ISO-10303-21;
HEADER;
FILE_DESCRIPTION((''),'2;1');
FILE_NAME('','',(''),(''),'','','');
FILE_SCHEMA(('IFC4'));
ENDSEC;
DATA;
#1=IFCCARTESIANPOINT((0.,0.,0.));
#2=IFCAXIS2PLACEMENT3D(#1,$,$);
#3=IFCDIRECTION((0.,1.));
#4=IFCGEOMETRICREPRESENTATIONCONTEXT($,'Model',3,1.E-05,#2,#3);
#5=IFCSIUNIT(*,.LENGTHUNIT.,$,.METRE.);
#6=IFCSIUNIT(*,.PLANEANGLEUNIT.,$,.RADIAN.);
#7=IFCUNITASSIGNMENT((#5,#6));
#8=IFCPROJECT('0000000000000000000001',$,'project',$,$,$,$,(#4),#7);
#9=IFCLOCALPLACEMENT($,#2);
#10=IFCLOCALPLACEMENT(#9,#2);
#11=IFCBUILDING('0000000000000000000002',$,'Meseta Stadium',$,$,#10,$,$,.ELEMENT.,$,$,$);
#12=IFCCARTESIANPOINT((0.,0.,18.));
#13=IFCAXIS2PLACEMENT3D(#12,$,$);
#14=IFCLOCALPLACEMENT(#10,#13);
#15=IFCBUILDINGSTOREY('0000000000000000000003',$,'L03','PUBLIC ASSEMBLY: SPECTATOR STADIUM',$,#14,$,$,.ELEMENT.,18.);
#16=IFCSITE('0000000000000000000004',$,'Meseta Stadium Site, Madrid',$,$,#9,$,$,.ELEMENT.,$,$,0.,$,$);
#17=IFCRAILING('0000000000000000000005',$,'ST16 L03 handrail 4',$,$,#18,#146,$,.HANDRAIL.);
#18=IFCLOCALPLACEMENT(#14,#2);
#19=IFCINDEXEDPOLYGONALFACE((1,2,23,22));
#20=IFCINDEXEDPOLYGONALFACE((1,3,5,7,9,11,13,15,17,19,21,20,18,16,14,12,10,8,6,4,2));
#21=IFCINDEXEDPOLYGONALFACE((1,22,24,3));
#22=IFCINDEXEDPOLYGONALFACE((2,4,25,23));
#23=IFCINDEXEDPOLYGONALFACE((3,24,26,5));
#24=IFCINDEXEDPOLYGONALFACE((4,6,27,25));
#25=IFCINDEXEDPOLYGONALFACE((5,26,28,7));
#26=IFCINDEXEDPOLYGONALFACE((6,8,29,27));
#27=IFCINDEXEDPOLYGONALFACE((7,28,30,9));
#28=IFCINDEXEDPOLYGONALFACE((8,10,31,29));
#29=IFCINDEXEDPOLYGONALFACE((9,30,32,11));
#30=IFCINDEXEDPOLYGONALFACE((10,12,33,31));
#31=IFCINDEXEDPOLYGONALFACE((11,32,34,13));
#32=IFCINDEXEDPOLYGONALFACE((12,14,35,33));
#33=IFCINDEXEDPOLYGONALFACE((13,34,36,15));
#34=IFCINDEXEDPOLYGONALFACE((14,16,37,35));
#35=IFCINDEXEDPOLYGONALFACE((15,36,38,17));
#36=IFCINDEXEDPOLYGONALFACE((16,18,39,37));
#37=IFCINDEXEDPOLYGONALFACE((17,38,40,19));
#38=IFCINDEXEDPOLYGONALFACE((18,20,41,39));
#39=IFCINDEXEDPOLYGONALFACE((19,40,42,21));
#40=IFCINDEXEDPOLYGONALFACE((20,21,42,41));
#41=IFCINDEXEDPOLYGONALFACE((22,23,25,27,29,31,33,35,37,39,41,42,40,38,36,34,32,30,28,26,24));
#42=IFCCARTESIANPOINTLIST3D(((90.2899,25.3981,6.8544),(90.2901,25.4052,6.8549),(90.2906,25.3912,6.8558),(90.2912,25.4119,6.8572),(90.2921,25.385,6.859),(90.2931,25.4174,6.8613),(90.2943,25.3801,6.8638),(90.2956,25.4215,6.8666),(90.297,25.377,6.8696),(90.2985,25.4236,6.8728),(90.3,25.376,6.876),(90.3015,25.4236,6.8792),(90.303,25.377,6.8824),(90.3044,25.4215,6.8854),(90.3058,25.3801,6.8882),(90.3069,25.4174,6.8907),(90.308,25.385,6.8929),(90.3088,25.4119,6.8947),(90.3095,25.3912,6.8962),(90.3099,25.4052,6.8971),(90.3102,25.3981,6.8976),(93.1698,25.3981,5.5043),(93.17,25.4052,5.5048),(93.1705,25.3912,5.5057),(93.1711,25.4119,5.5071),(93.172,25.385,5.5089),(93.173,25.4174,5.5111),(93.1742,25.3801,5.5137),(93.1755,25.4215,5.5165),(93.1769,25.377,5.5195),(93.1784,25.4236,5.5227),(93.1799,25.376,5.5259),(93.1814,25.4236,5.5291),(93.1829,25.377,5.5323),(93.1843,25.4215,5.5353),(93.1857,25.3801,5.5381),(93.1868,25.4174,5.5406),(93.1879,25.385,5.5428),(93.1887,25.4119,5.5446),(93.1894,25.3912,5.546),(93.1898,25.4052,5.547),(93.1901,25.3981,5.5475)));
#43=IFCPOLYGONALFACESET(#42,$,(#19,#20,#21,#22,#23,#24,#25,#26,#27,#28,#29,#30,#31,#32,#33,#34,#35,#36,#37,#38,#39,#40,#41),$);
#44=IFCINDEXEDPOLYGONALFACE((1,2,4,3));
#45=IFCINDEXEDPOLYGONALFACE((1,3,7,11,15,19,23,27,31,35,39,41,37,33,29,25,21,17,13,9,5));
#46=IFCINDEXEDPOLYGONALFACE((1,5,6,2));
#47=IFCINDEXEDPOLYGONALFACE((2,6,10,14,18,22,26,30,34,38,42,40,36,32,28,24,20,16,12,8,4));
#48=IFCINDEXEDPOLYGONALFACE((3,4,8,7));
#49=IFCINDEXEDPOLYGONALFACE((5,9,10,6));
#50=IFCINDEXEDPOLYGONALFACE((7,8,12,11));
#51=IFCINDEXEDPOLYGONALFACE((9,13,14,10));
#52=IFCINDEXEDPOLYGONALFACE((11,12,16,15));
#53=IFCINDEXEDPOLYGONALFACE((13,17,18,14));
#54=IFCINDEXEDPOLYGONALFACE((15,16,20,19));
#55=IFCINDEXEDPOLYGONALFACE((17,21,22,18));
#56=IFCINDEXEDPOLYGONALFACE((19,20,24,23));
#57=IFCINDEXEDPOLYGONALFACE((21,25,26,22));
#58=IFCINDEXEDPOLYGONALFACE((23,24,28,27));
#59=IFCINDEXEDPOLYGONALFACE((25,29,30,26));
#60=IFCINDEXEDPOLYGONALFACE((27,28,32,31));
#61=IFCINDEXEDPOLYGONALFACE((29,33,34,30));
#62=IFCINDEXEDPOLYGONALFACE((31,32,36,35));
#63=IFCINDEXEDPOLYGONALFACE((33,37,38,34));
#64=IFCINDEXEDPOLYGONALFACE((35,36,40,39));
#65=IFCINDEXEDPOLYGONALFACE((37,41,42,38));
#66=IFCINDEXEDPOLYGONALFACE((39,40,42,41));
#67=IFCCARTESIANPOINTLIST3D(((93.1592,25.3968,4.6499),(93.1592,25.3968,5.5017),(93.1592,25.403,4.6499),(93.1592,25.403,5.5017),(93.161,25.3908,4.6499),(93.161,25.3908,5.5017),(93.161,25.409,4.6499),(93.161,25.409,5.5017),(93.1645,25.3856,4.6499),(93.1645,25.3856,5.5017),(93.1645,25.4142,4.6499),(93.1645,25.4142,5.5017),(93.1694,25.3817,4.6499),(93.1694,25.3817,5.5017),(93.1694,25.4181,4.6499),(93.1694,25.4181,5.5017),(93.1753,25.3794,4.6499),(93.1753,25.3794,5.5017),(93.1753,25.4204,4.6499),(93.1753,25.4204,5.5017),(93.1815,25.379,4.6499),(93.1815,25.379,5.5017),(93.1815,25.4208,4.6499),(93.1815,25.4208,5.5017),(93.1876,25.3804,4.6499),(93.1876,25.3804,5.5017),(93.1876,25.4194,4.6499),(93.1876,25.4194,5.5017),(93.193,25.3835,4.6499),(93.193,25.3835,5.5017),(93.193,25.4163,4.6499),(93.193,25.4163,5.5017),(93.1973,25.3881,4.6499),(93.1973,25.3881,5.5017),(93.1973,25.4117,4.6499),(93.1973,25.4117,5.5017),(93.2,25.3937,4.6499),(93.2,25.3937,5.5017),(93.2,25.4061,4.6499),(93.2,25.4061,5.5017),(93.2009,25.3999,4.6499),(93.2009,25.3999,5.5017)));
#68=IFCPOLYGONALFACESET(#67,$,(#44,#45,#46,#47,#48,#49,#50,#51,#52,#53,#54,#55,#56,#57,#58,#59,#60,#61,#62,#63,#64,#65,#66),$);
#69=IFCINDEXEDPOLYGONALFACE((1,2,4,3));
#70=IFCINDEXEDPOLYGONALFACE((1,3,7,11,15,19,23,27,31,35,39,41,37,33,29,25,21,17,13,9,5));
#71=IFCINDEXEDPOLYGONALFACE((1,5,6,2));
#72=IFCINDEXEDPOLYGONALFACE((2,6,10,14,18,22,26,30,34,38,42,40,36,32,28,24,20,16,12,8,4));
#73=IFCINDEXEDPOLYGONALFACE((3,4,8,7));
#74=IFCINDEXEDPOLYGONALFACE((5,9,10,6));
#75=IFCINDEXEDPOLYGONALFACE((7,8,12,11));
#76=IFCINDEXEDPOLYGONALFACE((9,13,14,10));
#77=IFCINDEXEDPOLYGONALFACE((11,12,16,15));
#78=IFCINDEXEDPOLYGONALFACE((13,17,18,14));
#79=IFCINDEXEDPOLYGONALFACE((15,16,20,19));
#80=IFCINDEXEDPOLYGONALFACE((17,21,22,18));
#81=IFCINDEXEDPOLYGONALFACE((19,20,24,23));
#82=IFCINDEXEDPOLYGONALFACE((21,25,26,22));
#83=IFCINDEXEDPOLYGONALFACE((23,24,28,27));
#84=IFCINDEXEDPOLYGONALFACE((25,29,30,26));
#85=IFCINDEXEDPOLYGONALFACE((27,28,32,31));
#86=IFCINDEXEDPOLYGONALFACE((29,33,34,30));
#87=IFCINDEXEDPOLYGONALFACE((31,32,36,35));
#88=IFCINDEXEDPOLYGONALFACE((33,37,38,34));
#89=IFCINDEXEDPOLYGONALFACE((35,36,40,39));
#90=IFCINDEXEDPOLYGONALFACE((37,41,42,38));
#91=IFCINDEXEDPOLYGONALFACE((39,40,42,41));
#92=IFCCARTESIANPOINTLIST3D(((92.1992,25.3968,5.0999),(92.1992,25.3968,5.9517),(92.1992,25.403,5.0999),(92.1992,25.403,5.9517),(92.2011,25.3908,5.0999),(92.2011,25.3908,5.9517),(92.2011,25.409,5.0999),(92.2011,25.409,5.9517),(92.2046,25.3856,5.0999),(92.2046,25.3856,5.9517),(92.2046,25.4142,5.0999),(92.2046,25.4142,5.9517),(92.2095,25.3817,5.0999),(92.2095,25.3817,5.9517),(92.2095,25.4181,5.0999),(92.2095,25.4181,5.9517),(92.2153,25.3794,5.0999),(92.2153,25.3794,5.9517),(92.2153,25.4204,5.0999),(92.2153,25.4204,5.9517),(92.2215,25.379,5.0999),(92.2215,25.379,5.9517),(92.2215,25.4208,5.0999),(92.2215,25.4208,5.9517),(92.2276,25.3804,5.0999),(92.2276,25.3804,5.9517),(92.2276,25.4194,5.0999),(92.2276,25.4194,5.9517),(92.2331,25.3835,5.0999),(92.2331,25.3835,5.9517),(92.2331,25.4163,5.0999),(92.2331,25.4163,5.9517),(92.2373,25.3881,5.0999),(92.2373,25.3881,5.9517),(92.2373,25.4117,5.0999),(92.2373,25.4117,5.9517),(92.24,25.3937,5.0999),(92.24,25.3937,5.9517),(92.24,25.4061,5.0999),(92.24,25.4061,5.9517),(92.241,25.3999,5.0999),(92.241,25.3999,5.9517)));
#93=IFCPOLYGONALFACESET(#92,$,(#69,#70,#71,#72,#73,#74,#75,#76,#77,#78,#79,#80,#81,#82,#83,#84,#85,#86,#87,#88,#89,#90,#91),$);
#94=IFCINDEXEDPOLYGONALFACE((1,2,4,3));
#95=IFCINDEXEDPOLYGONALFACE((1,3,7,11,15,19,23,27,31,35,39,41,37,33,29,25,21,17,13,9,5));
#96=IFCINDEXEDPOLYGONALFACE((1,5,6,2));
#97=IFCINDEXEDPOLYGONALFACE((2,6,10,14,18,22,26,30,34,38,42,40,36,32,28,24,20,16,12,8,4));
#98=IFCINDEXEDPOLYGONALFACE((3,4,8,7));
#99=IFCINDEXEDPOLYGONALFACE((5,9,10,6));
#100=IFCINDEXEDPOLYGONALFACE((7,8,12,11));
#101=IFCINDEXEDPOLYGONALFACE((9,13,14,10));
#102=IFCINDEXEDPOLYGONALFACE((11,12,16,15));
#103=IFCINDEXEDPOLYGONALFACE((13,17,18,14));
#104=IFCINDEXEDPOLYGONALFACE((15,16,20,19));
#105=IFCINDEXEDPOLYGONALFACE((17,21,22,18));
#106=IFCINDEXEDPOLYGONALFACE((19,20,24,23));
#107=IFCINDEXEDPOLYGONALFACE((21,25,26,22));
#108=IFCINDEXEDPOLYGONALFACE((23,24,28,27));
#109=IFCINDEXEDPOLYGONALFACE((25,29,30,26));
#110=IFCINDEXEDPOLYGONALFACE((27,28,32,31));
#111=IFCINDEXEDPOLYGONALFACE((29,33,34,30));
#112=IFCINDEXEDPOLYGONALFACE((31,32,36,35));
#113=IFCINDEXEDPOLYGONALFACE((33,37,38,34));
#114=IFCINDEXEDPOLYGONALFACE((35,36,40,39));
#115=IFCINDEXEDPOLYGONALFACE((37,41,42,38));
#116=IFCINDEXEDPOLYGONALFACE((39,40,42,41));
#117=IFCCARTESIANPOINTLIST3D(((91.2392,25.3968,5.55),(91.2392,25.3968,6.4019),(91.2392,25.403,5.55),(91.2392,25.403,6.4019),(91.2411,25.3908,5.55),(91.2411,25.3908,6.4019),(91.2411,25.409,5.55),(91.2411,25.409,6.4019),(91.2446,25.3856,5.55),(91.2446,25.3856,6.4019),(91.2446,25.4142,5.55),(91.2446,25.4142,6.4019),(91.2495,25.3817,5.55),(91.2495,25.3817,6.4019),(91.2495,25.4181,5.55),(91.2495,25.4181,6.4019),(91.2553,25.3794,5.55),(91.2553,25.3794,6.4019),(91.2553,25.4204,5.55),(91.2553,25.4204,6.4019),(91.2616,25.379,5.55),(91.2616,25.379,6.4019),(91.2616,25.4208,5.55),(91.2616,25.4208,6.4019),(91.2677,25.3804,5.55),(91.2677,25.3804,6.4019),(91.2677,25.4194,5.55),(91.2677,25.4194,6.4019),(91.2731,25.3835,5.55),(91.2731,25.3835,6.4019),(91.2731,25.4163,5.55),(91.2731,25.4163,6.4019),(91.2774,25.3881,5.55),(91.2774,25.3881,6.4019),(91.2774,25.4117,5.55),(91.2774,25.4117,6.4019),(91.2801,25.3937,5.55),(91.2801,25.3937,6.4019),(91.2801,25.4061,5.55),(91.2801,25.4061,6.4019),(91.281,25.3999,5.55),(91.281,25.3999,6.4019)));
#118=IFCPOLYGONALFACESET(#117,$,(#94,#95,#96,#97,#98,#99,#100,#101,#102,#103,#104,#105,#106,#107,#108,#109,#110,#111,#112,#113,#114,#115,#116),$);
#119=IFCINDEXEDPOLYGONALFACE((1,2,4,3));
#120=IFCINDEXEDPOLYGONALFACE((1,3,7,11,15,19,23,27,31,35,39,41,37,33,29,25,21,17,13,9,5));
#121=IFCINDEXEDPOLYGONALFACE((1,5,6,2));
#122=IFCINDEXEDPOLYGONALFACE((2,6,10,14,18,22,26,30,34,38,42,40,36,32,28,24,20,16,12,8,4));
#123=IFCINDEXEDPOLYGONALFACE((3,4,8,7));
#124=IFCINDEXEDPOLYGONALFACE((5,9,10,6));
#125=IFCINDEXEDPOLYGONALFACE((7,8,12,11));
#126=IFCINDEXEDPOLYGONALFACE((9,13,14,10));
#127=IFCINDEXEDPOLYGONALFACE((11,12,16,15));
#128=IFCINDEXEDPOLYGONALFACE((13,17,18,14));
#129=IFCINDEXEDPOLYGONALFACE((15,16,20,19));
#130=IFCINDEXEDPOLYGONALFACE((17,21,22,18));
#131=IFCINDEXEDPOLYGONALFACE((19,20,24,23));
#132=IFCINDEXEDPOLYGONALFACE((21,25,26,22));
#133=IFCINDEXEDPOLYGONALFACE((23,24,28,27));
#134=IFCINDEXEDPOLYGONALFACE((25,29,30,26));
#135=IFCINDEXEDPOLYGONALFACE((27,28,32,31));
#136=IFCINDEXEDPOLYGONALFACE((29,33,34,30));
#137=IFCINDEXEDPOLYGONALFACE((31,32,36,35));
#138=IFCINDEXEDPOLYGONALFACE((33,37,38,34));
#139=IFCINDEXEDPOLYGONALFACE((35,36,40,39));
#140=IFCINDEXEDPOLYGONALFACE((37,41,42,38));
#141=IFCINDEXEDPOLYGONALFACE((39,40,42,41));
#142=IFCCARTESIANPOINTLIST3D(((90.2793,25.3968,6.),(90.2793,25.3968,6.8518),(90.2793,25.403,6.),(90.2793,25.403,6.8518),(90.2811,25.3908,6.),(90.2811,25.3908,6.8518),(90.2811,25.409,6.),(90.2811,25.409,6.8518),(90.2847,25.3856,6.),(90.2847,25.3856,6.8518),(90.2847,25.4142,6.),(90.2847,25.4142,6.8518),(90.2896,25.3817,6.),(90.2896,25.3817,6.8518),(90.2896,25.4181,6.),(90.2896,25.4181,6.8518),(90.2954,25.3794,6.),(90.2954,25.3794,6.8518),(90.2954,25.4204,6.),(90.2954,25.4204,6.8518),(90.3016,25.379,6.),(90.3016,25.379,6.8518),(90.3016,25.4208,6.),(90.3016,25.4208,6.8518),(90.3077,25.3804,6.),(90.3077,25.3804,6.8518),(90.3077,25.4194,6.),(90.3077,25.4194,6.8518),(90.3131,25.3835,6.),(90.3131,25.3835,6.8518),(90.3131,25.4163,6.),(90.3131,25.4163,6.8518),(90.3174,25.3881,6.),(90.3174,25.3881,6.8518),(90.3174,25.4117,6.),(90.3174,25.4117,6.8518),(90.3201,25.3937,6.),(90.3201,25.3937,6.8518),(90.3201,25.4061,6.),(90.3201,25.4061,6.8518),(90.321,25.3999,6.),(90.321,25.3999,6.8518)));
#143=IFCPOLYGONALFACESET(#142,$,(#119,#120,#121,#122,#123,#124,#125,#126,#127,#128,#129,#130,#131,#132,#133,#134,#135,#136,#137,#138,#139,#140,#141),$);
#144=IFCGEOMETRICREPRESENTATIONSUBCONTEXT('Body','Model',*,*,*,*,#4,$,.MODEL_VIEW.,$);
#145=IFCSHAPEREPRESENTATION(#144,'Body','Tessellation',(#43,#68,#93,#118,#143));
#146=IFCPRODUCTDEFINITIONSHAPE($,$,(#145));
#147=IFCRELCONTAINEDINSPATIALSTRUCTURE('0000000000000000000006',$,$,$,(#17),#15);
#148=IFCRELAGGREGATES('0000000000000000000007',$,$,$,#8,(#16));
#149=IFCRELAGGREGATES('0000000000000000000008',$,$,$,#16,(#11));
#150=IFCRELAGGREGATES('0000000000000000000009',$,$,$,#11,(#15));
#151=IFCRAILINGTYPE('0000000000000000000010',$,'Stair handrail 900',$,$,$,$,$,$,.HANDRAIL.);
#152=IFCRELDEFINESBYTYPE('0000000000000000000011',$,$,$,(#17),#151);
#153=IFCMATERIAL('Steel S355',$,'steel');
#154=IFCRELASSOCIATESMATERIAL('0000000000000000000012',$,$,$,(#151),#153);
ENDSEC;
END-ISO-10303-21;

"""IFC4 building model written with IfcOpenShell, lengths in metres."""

from ifc_helpers import new_model, si_unit, direction, frame, origin, origin_2d, place, context, subcontext, project, spatial, circle, extrude, material, type_object, element, save


model = new_model("IFC4")

# Units and contexts
model_context = context("Model", 3, precision=1e-05, world=origin(), true_north=direction((0.0, 1.0)))
body_context = subcontext(model_context, "Body", "Model", "MODEL_VIEW")
ifc_project = project(units=[si_unit("LENGTHUNIT", "METRE"), si_unit("PLANEANGLEUNIT", "RADIAN")], contexts=[model_context])

# Site, building, storey
site_placement = place(None, origin())
site = spatial("IfcSite", under=ifc_project, at=site_placement, Name="Meseta Stadium Site, Madrid", CompositionType="ELEMENT", RefElevation=0.0)
building_placement = place(site_placement, origin())
building = spatial("IfcBuilding", under=site, at=building_placement, Name="Meseta Stadium", CompositionType="ELEMENT")
storey_placement = place(building_placement, frame((0.0, 0.0, 18.0)))
storey = spatial("IfcBuildingStorey", under=building, at=storey_placement, Name="L03", Description="PUBLIC ASSEMBLY: SPECTATOR STADIUM", CompositionType="ELEMENT", Elevation=18.0)

# Railing
ifc_material_1 = material(Name="Steel S355", Category="steel")
railing_type_1 = type_object("IfcRailingType", Name="Stair handrail 900", PredefinedType="HANDRAIL", material=ifc_material_1)
for number, where, name in (
    (1, (93.1799, 25.3999, 4.6499), "ST16 L03 handrail 4"),
):
    element("IfcRailing", number, at=place(storey_placement, frame(where)), inside=storey, type_object=railing_type_1, Name=name, PredefinedType="HANDRAIL", context=body_context, shape_type="SweptSolid", body=[
        extrude(circle(Radius=0.0239, at=origin_2d()), frame((0.0, 0.0, 0.876), z_axis=(-0.90544, 0.0, 0.424473), x_axis=(0.0, -1.0, 0.0)), (0.0, 0.0, 1.0), 3.1807),
        extrude(circle(Radius=0.021, at=origin_2d()), origin(), (0.0, 0.0, 1.0), 0.8518),
        extrude(circle(Radius=0.021, at=origin_2d()), frame((-0.96, 0.0, 0.45)), (0.0, 0.0, 1.0), 0.8518),
        extrude(circle(Radius=0.021, at=origin_2d()), frame((-1.9199, 0.0, 0.9001)), (0.0, 0.0, 1.0), 0.8518),
        extrude(circle(Radius=0.021, at=origin_2d()), frame((-2.8799, 0.0, 1.3501)), (0.0, 0.0, 1.0), 0.8518),
    ])

save(model, "model.ifc")
